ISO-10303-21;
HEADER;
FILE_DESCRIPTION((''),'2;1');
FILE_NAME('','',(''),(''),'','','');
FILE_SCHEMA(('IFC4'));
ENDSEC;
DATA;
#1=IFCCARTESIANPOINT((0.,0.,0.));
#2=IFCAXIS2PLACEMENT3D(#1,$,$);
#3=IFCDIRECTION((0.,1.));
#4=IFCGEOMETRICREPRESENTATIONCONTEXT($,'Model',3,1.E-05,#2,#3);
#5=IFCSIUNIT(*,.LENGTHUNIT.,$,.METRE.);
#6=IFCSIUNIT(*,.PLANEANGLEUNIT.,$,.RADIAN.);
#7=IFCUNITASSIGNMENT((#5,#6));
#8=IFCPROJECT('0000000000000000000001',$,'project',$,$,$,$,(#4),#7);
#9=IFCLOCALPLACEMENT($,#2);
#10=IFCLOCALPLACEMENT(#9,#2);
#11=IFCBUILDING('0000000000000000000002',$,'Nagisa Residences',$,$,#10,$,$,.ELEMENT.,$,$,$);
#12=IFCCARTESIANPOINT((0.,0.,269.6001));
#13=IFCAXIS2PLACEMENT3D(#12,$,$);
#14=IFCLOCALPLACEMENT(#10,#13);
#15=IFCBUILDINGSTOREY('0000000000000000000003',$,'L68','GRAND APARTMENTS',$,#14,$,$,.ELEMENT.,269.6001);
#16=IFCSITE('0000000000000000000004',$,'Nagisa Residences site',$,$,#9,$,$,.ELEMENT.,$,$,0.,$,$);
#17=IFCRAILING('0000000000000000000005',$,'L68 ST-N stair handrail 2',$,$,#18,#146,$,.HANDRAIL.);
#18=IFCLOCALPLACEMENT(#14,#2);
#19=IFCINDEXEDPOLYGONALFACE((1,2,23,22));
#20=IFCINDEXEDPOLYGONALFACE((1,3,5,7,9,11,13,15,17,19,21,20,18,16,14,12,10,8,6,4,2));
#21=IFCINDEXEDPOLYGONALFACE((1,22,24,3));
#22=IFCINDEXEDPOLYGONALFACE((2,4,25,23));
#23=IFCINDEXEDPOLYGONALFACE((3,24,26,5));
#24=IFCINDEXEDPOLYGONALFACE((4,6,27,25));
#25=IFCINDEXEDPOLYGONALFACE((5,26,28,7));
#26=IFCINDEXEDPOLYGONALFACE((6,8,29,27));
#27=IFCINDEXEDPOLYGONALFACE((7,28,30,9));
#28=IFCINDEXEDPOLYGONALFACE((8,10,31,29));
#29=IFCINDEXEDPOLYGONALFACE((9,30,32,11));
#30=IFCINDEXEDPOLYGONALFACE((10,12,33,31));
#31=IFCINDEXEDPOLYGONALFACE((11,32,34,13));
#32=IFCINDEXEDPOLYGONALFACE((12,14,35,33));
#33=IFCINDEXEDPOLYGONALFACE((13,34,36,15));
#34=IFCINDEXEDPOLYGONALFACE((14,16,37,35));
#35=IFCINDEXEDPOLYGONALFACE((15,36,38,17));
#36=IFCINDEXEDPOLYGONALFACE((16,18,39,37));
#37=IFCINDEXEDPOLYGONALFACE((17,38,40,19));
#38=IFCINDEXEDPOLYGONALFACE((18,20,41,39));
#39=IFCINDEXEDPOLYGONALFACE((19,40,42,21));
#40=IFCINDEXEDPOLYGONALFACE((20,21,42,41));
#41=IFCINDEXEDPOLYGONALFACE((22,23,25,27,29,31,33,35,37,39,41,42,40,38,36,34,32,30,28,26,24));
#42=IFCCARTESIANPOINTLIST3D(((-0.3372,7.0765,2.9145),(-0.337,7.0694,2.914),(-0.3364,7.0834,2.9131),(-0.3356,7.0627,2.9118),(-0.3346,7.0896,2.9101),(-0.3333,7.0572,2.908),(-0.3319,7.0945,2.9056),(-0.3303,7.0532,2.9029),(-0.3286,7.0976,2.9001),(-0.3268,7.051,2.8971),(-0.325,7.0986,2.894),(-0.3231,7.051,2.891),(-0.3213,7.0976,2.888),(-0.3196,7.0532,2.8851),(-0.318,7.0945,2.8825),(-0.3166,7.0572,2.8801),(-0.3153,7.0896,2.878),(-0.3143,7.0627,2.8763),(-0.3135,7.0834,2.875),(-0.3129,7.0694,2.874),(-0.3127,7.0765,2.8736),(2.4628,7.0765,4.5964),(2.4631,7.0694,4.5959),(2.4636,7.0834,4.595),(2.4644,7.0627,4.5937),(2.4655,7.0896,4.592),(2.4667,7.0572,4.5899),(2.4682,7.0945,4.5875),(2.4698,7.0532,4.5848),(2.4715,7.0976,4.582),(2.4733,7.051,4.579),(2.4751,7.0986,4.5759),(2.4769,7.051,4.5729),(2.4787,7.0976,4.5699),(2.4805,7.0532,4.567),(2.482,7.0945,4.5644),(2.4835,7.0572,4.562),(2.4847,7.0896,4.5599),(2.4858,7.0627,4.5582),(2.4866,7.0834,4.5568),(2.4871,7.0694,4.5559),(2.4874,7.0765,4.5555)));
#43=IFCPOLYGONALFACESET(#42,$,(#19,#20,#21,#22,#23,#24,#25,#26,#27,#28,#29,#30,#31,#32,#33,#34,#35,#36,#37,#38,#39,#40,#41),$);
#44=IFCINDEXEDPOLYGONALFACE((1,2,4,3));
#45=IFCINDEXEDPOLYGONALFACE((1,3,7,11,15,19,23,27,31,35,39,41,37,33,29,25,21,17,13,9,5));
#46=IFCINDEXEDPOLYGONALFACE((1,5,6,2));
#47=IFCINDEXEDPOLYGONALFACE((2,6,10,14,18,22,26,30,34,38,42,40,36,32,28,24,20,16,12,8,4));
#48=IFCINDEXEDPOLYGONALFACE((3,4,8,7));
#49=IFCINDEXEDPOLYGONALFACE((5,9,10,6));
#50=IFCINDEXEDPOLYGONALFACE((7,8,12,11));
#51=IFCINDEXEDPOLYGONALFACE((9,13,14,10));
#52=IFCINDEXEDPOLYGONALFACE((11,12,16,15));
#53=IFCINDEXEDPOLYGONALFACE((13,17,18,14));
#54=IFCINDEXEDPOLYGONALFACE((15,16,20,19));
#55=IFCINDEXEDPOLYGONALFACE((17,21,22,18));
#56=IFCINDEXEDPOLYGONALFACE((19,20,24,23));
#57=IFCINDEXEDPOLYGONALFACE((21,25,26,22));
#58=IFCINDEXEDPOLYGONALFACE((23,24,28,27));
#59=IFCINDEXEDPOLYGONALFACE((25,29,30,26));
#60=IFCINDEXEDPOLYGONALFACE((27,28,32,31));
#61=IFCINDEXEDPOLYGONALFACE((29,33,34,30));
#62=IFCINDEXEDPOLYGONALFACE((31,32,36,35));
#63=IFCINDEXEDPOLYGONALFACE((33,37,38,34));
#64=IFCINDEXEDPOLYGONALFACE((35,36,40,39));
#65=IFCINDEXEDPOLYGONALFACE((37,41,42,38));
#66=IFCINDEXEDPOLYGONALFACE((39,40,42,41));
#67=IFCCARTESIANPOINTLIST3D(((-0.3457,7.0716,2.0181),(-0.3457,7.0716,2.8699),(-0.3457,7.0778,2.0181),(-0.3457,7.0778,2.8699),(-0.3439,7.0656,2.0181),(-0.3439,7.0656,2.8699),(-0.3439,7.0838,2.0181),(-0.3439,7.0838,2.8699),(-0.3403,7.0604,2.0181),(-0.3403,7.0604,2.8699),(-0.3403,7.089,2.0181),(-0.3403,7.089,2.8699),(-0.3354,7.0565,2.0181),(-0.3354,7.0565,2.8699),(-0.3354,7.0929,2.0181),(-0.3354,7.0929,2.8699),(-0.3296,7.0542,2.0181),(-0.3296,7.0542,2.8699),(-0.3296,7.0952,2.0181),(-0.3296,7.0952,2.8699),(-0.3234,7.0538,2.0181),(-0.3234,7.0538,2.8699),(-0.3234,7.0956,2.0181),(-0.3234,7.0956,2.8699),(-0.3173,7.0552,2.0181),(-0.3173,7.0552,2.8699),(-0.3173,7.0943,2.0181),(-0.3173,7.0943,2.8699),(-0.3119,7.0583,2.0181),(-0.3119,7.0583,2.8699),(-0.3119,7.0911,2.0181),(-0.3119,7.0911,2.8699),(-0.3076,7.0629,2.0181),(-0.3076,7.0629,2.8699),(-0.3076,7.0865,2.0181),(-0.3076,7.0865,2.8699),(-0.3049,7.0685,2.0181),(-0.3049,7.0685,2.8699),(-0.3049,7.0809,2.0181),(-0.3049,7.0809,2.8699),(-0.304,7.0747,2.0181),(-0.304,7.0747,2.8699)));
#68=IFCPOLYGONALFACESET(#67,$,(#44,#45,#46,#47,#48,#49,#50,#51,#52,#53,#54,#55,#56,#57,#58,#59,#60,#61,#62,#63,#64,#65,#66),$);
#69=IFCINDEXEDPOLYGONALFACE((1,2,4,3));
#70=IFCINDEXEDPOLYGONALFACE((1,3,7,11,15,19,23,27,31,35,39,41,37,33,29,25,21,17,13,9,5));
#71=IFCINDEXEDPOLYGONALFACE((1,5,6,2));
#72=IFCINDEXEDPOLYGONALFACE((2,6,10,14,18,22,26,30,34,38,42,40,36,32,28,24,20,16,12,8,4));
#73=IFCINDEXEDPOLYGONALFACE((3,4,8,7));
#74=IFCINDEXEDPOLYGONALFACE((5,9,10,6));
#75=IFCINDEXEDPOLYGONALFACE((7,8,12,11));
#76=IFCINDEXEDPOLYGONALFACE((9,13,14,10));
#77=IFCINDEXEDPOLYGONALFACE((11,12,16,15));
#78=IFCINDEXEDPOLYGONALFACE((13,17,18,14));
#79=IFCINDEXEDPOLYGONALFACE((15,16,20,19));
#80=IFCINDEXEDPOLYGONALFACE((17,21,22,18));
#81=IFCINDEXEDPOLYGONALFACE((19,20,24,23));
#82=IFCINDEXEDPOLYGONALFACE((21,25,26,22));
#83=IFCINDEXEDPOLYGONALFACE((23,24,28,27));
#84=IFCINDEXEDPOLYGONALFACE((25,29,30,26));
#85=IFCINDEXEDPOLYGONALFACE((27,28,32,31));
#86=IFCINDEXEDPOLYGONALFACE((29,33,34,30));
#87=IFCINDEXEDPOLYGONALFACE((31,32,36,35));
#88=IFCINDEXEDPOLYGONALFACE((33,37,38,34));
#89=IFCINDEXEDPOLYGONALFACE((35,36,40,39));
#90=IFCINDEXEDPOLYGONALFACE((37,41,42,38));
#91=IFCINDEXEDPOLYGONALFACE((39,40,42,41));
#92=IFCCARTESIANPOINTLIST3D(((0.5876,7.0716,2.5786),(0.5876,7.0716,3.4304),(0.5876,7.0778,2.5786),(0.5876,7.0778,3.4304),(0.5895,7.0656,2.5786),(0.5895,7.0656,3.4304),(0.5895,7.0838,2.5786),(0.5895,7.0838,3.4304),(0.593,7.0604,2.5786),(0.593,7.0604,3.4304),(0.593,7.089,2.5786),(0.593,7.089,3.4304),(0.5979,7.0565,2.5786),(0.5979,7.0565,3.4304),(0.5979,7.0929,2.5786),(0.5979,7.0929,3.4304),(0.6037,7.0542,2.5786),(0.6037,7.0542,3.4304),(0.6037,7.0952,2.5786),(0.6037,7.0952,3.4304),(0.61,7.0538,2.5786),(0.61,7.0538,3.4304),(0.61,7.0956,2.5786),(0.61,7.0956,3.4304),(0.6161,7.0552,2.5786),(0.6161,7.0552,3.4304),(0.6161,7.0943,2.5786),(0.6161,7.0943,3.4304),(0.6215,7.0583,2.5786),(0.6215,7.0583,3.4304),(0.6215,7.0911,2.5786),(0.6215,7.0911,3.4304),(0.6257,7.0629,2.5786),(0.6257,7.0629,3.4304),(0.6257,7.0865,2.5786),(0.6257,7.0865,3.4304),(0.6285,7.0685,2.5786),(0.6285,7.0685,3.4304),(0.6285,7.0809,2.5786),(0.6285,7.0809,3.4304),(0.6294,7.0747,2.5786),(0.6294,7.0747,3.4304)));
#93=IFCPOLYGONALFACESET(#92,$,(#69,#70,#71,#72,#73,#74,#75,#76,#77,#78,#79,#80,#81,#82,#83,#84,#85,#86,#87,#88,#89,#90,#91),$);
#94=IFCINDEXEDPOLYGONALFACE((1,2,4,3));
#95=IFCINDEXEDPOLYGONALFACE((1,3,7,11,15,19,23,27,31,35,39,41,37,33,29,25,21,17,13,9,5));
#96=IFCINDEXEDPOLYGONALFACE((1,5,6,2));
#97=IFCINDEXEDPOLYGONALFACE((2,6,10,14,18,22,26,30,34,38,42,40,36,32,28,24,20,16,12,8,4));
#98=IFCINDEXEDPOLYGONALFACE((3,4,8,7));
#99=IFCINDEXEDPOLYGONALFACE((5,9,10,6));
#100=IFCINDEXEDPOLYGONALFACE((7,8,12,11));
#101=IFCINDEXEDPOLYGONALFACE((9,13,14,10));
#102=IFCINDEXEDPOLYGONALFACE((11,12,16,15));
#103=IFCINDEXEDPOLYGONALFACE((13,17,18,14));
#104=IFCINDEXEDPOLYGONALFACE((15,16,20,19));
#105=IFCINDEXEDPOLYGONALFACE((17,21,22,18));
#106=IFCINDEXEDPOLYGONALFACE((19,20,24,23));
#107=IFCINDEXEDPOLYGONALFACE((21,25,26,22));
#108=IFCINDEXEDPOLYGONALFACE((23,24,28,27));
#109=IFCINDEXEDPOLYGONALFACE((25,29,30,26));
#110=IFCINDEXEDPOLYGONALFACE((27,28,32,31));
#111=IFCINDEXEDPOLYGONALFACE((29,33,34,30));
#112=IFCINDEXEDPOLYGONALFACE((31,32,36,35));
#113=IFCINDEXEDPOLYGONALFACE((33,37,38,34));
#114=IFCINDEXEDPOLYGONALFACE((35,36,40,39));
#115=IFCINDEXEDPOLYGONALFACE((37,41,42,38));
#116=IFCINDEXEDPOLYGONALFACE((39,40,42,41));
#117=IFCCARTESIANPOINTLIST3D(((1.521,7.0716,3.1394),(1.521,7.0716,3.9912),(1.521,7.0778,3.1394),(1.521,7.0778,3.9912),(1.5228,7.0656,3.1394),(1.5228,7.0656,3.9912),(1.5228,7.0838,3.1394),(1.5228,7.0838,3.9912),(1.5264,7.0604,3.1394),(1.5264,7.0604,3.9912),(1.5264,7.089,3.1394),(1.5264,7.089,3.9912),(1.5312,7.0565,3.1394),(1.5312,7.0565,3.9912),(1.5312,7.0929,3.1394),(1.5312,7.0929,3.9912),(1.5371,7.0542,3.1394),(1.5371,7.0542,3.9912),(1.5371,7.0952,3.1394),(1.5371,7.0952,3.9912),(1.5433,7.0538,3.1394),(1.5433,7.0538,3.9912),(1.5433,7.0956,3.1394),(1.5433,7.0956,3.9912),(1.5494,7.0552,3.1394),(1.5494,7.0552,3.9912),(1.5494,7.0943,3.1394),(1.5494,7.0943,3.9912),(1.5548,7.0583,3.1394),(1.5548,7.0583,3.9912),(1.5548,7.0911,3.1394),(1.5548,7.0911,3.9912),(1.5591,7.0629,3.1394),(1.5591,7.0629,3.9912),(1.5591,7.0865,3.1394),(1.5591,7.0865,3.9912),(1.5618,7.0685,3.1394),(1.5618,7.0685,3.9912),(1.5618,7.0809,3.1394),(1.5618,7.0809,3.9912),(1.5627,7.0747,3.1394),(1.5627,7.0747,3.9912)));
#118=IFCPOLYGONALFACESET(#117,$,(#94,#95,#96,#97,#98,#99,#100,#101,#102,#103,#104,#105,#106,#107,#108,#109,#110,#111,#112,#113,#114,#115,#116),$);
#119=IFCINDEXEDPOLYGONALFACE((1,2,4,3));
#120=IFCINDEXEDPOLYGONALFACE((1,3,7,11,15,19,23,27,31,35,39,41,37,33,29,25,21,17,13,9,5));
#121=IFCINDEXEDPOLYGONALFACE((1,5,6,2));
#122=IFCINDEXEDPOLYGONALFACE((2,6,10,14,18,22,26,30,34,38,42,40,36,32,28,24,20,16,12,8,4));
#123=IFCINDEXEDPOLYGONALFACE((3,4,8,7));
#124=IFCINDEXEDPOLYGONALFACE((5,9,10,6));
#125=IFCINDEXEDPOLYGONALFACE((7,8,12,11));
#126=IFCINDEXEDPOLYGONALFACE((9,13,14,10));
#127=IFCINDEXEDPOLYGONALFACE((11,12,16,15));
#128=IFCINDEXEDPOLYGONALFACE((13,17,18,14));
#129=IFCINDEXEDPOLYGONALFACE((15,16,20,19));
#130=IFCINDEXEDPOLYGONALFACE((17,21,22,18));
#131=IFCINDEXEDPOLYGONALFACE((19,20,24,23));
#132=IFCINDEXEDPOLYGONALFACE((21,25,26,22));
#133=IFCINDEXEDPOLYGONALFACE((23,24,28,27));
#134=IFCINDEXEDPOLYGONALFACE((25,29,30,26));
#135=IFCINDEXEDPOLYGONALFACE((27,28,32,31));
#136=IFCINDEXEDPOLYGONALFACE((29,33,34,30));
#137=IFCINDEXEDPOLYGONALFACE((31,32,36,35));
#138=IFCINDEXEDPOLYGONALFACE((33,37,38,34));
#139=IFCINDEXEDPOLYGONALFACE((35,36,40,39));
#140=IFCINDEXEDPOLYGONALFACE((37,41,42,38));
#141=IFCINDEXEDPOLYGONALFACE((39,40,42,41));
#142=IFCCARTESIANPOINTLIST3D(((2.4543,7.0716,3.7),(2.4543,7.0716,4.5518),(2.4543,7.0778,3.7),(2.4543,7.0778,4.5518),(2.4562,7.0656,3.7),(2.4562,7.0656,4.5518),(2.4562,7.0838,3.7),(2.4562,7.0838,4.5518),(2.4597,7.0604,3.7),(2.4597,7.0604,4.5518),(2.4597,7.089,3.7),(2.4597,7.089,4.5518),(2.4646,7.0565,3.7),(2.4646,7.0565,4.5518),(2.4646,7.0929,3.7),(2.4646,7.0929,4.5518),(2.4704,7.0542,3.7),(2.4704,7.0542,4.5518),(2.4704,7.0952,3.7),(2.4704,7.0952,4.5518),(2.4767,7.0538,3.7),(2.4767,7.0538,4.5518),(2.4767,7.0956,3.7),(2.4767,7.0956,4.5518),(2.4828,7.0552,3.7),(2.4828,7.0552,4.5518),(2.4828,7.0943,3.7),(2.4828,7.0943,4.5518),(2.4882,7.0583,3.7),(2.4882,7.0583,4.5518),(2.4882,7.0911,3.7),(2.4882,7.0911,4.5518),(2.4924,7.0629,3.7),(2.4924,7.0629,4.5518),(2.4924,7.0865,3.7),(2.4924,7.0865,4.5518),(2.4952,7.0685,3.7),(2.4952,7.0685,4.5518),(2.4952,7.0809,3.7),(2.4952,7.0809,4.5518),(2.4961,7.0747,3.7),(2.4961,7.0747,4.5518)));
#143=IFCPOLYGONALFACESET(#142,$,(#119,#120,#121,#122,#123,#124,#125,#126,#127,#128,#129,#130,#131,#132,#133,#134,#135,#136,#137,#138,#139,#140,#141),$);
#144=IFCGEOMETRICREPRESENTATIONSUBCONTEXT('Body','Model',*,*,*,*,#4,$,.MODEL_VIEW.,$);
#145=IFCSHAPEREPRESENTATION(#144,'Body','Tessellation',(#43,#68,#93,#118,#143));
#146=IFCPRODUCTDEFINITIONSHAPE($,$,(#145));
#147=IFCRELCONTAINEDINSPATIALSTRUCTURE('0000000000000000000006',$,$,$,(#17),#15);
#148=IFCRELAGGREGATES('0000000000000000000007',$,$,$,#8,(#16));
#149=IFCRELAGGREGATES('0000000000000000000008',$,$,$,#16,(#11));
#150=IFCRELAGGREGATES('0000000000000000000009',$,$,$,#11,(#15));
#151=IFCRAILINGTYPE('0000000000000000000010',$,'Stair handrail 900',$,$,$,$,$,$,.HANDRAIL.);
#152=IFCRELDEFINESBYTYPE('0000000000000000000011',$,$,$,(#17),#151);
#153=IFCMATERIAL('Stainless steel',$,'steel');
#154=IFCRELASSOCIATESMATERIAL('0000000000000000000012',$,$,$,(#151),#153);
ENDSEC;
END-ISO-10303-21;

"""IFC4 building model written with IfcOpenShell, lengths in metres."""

from ifc_helpers import new_model, si_unit, direction, frame, origin, origin_2d, place, context, subcontext, project, spatial, circle, extrude, material, type_object, element, save


model = new_model("IFC4")

# Units and contexts
model_context = context("Model", 3, precision=1e-05, world=origin(), true_north=direction((0.0, 1.0)))
body_context = subcontext(model_context, "Body", "Model", "MODEL_VIEW")
ifc_project = project(units=[si_unit("LENGTHUNIT", "METRE"), si_unit("PLANEANGLEUNIT", "RADIAN")], contexts=[model_context])

# Site, building, storey
site_placement = place(None, origin())
site = spatial("IfcSite", under=ifc_project, at=site_placement, Name="Nagisa Residences site", CompositionType="ELEMENT", RefElevation=0.0)
building_placement = place(site_placement, origin())
building = spatial("IfcBuilding", under=site, at=building_placement, Name="Nagisa Residences", CompositionType="ELEMENT")
storey_placement = place(building_placement, frame((0.0, 0.0, 269.6001)))
storey = spatial("IfcBuildingStorey", under=building, at=storey_placement, Name="L68", Description="GRAND APARTMENTS", CompositionType="ELEMENT", Elevation=269.6001)

# Railing
ifc_material_1 = material(Name="Stainless steel", Category="steel")
railing_type = type_object("IfcRailingType", Name="Stair handrail 900", PredefinedType="HANDRAIL", material=ifc_material_1)
railing_placement = place(storey_placement, frame((-0.325, 7.0747, 2.0181)))
element("IfcRailing", 1, at=railing_placement, inside=storey, type_object=railing_type, Name="L68 ST-N stair handrail 2", PredefinedType="HANDRAIL", context=body_context, shape_type="SweptSolid", body=[
    extrude(circle(Radius=0.0239, at=origin_2d()), frame((0.0, 0.0, 0.876), z_axis=(0.857242, 0.0, 0.514913), x_axis=(0.0, 1.0, 0.0)), (0.0, 0.0, 1.0), 3.2664),
    extrude(circle(Radius=0.021, at=origin_2d()), origin(), (0.0, 0.0, 1.0), 0.8518),
    extrude(circle(Radius=0.021, at=origin_2d()), frame((0.9333, 0.0, 0.5605)), (0.0, 0.0, 1.0), 0.8518),
    extrude(circle(Radius=0.021, at=origin_2d()), frame((1.8667, 0.0, 1.1213)), (0.0, 0.0, 1.0), 0.8518),
    extrude(circle(Radius=0.021, at=origin_2d()), frame((2.8, 0.0, 1.6819)), (0.0, 0.0, 1.0), 0.8518),
])

save(model, "model.ifc")
